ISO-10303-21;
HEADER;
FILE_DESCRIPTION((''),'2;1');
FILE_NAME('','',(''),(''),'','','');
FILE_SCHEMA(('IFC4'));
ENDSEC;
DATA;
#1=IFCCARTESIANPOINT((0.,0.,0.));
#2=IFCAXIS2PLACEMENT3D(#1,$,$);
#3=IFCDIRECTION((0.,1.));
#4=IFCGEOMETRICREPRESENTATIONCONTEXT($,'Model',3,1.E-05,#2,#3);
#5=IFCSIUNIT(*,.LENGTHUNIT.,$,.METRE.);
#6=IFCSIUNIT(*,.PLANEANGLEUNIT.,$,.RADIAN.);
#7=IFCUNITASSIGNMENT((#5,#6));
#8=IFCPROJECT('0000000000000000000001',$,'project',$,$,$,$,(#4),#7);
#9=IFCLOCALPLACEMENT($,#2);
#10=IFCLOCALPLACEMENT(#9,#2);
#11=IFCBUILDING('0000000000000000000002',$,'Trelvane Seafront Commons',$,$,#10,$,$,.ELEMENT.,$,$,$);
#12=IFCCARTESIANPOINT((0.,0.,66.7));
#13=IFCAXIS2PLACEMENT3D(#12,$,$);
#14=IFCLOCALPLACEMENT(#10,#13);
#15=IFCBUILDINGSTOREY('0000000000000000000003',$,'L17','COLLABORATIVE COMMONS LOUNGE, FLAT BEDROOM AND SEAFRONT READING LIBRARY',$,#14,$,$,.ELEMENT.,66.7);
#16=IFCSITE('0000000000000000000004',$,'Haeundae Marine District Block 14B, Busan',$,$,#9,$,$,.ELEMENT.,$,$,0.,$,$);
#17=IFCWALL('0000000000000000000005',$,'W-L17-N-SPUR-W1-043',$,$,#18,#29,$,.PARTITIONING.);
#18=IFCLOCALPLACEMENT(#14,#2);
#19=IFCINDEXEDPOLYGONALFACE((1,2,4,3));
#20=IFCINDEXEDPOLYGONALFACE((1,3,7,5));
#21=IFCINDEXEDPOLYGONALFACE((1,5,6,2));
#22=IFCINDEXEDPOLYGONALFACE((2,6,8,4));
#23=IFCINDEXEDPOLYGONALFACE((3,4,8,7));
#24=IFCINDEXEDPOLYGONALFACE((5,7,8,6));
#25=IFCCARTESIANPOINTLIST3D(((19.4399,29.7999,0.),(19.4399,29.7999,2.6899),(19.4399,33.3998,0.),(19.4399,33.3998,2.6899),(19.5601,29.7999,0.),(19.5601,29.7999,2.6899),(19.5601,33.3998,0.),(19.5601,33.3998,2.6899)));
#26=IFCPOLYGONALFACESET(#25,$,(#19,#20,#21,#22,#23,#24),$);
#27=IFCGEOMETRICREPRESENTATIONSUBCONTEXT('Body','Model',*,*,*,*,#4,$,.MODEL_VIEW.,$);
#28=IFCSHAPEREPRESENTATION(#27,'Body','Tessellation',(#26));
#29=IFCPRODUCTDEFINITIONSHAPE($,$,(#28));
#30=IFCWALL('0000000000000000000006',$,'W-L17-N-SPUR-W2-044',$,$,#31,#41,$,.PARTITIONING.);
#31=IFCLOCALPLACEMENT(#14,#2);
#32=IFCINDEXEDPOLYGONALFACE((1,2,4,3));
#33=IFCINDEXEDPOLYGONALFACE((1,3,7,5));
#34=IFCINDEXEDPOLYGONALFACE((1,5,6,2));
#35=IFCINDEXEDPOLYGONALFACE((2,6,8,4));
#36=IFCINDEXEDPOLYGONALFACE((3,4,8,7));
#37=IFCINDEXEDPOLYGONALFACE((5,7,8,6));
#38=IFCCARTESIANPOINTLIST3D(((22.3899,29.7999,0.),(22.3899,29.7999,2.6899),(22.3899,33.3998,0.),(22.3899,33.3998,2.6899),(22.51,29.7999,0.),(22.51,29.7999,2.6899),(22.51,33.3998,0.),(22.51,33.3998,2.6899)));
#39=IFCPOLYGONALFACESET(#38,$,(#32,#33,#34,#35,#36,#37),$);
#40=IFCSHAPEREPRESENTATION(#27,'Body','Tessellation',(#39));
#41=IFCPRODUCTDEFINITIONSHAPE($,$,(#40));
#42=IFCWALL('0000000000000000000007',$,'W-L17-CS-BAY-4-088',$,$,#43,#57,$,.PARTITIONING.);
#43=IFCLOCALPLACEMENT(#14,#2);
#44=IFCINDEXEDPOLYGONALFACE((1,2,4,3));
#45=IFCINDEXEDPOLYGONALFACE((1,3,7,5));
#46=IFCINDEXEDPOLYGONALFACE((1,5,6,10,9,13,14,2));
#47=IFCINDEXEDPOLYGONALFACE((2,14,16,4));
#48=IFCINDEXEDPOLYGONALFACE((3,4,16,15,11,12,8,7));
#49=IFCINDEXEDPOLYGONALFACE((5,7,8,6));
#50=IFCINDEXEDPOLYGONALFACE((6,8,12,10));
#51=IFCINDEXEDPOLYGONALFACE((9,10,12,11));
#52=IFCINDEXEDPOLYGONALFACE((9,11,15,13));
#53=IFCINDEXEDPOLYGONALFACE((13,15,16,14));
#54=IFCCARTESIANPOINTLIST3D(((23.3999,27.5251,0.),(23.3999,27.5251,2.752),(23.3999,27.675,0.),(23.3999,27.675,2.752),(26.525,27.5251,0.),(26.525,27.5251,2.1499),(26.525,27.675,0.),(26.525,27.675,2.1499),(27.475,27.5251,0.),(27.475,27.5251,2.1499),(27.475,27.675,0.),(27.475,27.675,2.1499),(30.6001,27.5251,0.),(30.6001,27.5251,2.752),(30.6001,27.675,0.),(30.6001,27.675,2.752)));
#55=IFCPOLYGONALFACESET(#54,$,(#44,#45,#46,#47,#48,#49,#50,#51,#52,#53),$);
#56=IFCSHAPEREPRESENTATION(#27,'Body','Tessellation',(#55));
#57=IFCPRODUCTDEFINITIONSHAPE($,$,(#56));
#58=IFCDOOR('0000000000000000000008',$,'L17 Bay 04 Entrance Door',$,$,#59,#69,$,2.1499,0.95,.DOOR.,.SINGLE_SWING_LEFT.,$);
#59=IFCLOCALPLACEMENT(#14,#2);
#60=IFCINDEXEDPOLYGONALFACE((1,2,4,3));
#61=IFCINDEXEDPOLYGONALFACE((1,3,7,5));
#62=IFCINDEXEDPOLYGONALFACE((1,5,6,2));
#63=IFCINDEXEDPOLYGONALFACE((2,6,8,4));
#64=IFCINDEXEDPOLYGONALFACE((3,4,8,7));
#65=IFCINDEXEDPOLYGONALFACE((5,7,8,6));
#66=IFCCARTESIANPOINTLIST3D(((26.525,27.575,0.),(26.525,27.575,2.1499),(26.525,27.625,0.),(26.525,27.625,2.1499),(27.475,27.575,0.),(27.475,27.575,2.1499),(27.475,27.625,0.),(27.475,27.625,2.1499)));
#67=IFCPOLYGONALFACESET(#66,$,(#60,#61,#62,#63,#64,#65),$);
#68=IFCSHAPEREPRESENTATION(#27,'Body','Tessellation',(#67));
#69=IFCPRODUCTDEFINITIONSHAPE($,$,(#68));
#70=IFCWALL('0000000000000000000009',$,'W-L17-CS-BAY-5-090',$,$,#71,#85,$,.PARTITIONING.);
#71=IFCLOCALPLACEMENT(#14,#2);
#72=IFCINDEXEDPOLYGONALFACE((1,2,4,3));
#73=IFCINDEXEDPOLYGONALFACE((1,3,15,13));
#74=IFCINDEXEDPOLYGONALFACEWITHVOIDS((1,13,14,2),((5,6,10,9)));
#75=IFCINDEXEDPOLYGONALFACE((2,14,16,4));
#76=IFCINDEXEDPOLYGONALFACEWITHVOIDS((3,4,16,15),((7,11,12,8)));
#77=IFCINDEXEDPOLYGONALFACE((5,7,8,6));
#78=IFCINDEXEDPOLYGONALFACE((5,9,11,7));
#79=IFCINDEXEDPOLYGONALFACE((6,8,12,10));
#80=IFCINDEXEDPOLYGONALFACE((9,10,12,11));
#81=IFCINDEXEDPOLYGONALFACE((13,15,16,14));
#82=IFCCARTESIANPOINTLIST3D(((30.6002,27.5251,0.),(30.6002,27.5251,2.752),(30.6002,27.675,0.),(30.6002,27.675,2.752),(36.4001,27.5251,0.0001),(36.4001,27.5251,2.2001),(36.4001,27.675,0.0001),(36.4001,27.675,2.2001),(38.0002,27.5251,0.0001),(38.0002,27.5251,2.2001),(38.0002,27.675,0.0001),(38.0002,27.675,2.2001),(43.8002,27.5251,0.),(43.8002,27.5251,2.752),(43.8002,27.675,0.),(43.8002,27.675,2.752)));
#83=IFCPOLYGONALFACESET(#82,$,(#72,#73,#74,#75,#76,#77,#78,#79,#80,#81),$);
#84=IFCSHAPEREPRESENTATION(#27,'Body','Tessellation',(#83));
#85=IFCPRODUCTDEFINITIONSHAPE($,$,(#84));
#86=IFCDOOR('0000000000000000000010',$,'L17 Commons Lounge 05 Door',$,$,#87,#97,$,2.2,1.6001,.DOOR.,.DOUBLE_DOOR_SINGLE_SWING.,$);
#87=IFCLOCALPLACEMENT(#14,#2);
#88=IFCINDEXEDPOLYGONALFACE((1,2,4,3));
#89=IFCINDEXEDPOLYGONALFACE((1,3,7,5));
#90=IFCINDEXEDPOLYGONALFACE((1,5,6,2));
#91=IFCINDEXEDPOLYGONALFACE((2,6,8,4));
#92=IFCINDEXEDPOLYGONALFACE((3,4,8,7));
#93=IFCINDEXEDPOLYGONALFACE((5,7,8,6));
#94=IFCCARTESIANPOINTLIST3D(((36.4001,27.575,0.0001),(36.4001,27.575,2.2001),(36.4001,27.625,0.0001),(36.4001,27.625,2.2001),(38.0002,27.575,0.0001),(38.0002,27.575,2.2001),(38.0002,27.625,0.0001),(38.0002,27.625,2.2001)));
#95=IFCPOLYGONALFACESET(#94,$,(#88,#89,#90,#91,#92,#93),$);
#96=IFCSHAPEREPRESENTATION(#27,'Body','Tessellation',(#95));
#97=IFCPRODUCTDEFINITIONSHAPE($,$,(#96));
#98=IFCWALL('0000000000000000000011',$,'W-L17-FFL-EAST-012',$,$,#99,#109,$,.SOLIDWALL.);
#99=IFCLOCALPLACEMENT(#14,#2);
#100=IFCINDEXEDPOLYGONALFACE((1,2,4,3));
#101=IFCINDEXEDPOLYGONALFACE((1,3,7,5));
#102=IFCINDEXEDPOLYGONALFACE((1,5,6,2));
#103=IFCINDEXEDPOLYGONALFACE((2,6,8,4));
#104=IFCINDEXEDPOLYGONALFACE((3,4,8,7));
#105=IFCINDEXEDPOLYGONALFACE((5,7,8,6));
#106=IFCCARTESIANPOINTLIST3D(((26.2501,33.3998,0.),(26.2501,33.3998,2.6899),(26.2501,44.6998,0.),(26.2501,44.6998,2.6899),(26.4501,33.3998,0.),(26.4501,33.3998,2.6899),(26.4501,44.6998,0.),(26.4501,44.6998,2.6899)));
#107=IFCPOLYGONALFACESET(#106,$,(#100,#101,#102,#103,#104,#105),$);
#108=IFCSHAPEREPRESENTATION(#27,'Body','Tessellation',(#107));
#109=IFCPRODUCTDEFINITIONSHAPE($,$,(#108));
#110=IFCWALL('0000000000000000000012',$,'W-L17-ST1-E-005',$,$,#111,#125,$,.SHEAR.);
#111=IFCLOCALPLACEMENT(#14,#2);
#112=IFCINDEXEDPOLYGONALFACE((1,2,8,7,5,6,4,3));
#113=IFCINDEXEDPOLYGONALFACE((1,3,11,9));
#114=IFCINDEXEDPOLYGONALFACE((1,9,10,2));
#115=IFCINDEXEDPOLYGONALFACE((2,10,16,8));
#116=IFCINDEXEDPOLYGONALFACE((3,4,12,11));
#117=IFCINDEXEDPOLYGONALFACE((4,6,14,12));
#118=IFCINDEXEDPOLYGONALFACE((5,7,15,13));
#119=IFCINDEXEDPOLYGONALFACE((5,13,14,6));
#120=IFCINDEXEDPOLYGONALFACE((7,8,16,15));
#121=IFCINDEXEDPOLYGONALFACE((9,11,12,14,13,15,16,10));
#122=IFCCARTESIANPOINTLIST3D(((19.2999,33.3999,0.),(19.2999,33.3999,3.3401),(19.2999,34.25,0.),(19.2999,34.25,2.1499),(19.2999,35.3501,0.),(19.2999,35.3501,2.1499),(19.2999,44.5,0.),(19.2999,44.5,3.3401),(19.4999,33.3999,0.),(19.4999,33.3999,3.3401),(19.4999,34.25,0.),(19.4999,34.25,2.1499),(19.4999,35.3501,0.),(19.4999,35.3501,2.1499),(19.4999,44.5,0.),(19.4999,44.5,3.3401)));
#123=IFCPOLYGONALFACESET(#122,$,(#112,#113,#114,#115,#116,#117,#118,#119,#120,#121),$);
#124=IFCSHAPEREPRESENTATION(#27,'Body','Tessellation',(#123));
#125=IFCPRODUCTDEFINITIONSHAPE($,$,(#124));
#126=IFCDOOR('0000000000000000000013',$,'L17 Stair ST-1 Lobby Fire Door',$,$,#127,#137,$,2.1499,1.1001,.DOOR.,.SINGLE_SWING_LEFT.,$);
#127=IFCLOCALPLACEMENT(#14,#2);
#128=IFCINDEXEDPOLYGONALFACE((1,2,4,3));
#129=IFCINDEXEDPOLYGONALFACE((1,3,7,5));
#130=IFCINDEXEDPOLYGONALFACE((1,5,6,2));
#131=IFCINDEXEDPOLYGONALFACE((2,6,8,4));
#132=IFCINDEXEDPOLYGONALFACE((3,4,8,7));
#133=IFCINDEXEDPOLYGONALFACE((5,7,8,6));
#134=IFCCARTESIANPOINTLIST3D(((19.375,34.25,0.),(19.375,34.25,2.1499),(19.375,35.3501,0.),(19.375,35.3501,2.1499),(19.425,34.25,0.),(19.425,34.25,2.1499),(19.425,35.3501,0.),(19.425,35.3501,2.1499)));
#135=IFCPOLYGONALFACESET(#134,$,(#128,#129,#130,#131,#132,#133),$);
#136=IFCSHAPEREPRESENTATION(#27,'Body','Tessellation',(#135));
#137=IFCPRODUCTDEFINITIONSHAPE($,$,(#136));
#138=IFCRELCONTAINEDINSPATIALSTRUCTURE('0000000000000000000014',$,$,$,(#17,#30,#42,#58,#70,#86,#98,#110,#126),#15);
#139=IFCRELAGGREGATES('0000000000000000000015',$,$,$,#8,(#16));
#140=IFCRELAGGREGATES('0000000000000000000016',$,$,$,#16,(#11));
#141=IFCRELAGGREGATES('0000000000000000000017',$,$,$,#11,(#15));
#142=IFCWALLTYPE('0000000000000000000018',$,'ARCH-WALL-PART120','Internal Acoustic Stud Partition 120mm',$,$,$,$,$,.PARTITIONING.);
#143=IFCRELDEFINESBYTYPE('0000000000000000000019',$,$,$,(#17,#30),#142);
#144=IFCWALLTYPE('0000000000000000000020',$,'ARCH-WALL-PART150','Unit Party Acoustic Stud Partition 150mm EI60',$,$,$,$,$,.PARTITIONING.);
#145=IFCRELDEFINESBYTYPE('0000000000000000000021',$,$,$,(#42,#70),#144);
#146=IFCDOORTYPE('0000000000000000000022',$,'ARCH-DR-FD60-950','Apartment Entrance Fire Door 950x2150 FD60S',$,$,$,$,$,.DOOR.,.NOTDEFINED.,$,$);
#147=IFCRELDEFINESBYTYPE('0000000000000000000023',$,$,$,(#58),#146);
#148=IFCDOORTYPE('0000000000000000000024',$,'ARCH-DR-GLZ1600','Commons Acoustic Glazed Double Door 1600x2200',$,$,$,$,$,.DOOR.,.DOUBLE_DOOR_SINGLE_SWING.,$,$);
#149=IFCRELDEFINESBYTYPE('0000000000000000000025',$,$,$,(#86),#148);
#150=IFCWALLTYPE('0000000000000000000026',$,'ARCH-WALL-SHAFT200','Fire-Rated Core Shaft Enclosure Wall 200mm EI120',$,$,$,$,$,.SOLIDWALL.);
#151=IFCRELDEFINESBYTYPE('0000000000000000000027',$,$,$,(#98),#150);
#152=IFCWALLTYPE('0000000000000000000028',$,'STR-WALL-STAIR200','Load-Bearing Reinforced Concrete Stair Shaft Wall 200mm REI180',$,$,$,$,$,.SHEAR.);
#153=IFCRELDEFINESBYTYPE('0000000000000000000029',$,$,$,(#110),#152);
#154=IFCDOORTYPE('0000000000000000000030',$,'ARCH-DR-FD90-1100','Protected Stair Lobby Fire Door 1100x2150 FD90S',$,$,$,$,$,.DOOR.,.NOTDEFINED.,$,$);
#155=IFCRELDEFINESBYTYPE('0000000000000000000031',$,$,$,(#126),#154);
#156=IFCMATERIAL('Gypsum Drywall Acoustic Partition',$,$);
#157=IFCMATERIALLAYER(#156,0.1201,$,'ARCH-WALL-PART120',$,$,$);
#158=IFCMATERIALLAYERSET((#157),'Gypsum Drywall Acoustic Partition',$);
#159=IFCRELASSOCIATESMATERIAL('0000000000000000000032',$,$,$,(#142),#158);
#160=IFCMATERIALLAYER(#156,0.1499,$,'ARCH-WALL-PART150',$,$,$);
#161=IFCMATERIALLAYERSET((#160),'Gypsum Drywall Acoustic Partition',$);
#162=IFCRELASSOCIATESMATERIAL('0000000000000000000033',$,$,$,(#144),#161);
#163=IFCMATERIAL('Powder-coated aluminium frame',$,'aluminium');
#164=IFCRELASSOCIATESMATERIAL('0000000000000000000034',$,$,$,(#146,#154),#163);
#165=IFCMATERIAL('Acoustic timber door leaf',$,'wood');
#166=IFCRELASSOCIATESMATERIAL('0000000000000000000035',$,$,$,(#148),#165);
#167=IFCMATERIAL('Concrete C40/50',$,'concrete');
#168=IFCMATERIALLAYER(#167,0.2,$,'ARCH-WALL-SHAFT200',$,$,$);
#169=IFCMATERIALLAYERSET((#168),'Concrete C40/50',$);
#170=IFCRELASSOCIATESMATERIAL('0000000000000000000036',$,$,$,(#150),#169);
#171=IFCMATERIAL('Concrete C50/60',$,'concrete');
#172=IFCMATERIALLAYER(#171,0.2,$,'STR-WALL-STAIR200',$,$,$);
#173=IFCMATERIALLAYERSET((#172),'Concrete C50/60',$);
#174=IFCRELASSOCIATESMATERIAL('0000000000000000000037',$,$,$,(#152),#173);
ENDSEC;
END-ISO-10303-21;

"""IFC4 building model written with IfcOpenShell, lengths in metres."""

from ifc_helpers import new_model, si_unit, direction, frame, frame_2d, origin, place, context, subcontext, project, spatial, rectangle, extrude, source, transform, mapped, material, layer, layer_set, type_object, element, fill, save


model = new_model("IFC4")

# Units and contexts
model_context = context("Model", 3, precision=1e-05, world=origin(), true_north=direction((0.0, 1.0)))
body_context = subcontext(model_context, "Body", "Model", "MODEL_VIEW")
ifc_project = project(units=[si_unit("LENGTHUNIT", "METRE"), si_unit("PLANEANGLEUNIT", "RADIAN")], contexts=[model_context])

# Site, building, storey
site_placement = place(None, origin())
site = spatial("IfcSite", under=ifc_project, at=site_placement, Name="Haeundae Marine District Block 14B, Busan", CompositionType="ELEMENT", RefElevation=0.0)
building_placement = place(site_placement, origin())
building = spatial("IfcBuilding", under=site, at=building_placement, Name="Trelvane Seafront Commons", CompositionType="ELEMENT")
storey_placement = place(building_placement, frame((0.0, 0.0, 66.7)))
storey = spatial("IfcBuildingStorey", under=building, at=storey_placement, Name="L17", Description="COLLABORATIVE COMMONS LOUNGE, FLAT BEDROOM AND SEAFRONT READING LIBRARY", CompositionType="ELEMENT", Elevation=66.7)

# Shared definitions
ifc_material_1 = material(Name="Concrete C40/50", Category="concrete")
ifc_material_2 = material(Name="Powder-coated aluminium frame", Category="aluminium")
shared_shape_1 = source(origin(), body_context, "Body", "SweptSolid", [
    extrude(rectangle(XDim=1.6001, YDim=2.2, at=frame_2d((0.8, 1.1001))), frame((0.0, 0.0249, 0.0), z_axis=(0.0, -1.0, 0.0), x_axis=(1.0, 0.0, 0.0)), (0.0, 0.0, 1.0), 0.05),
])
ifc_material_3 = material(Name="Gypsum Drywall Acoustic Partition")
ifc_layer_1 = layer(ifc_material_3, 0.1201, Name="ARCH-WALL-PART120")
ifc_layer_set_1 = layer_set([ifc_layer_1], Name="Gypsum Drywall Acoustic Partition")
wall_type_1 = type_object("IfcWallType", Name="ARCH-WALL-PART120", Description="Internal Acoustic Stud Partition 120mm", PredefinedType="PARTITIONING", material=ifc_layer_set_1)
ifc_material_4 = material(Name="Acoustic timber door leaf", Category="wood")
shared_shape_2 = source(origin(), body_context, "Body", "SweptSolid", [
    extrude(rectangle(XDim=0.95, YDim=2.1499, at=frame_2d((0.4751, 1.075))), frame((0.0, 0.0249, 0.0), z_axis=(0.0, -1.0, 0.0), x_axis=(1.0, 0.0, 0.0)), (0.0, 0.0, 1.0), 0.05),
])

# Walls
for number, where, z_axis, x_axis, name in (
    (1, (19.5, 29.8, 0.0), (0.0, 0.0, 1.0), (0.0, 1.0, 0.0), "W-L17-N-SPUR-W1-043"),
    (2, (22.45, 29.8, 0.0), (0.0, 0.0, 1.0), (0.0, 1.0, 0.0), "W-L17-N-SPUR-W2-044"),
):
    element("IfcWall", number, at=place(storey_placement, frame(where, z_axis=z_axis, x_axis=x_axis)), inside=storey, type_object=wall_type_1, Name=name, PredefinedType="PARTITIONING", context=body_context, shape_type="SweptSolid", body=[
        extrude(rectangle(XDim=3.5999, YDim=0.1201, at=frame_2d((1.7998, 0.0))), origin(), (0.0, 0.0, 1.0), 2.6899),
    ])

# Walls, openings, doors
ifc_layer_2 = layer(ifc_material_3, 0.1499, Name="ARCH-WALL-PART150")
ifc_layer_set_2 = layer_set([ifc_layer_2], Name="Gypsum Drywall Acoustic Partition")
wall_type_2 = type_object("IfcWallType", Name="ARCH-WALL-PART150", Description="Unit Party Acoustic Stud Partition 150mm EI60", PredefinedType="PARTITIONING", material=ifc_layer_set_2)
wall_1_placement = place(storey_placement, frame((23.3999, 27.6001, 0.0), z_axis=(0.0, 0.0, 1.0), x_axis=(1.0, 0.0, 0.0)))
wall_1 = element("IfcWall", 3, at=wall_1_placement, inside=storey, type_object=wall_type_2, Name="W-L17-CS-BAY-4-088", PredefinedType="PARTITIONING", context=body_context, shape_type="SweptSolid", body=[
    extrude(rectangle(XDim=7.2002, YDim=0.1499, at=frame_2d((3.6001, 0.0))), origin(), (0.0, 0.0, 1.0), 2.752),
])
opening_1_placement = place(wall_1_placement, frame((3.125, 0.0, 0.0)))
opening_1 = element("IfcOpeningElement", 4, at=opening_1_placement, cuts=wall_1, PredefinedType="OPENING", context=body_context, shape_type="SweptSolid", body=[
    extrude(rectangle(XDim=0.95, YDim=2.1499, at=frame_2d((0.4751, 1.075))), frame((0.0, 0.085, 0.0), z_axis=(0.0, -1.0, 0.0), x_axis=(1.0, 0.0, 0.0)), (0.0, 0.0, 1.0), 0.1699),
])
door_type_1 = type_object("IfcDoorType", Name="ARCH-DR-FD60-950", Description="Apartment Entrance Fire Door 950x2150 FD60S", OperationType="NOTDEFINED", PredefinedType="DOOR", material=ifc_material_2)
door_1_placement = place(opening_1_placement, origin())
door_1 = element("IfcDoor", 5, at=door_1_placement, inside=storey, type_object=door_type_1, Name="L17 Bay 04 Entrance Door", OperationType="SINGLE_SWING_LEFT", OverallHeight=2.1499, OverallWidth=0.95, PredefinedType="DOOR", context=body_context, shape_type="MappedRepresentation", body=[
    mapped(shared_shape_2, transform((0.0, 0.0, 0.0), x_axis=(1.0, 0.0, 0.0), y_axis=(0.0, 1.0, 0.0), z_axis=(0.0, 0.0, 1.0), scale=1.0)),
])
fill(opening_1, door_1)
wall_2_placement = place(storey_placement, frame((30.6001, 27.6001, 0.0), z_axis=(0.0, 0.0, 1.0), x_axis=(1.0, 0.0, 0.0)))
wall_2 = element("IfcWall", 6, at=wall_2_placement, inside=storey, type_object=wall_type_2, Name="W-L17-CS-BAY-5-090", PredefinedType="PARTITIONING", context=body_context, shape_type="SweptSolid", body=[
    extrude(rectangle(XDim=13.2, YDim=0.1499, at=frame_2d((6.6001, 0.0))), origin(), (0.0, 0.0, 1.0), 2.752),
])
opening_2_placement = place(wall_2_placement, frame((5.8, 0.0, 0.0)))
opening_2 = element("IfcOpeningElement", 7, at=opening_2_placement, cuts=wall_2, PredefinedType="OPENING", context=body_context, shape_type="SweptSolid", body=[
    extrude(rectangle(XDim=1.6001, YDim=2.2, at=frame_2d((0.8, 1.1001))), frame((0.0, 0.085, 0.0), z_axis=(0.0, -1.0, 0.0), x_axis=(1.0, 0.0, 0.0)), (0.0, 0.0, 1.0), 0.1699),
])
door_type_2 = type_object("IfcDoorType", Name="ARCH-DR-GLZ1600", Description="Commons Acoustic Glazed Double Door 1600x2200", OperationType="DOUBLE_DOOR_SINGLE_SWING", PredefinedType="DOOR", material=ifc_material_4)
door_2_placement = place(opening_2_placement, origin())
door_2 = element("IfcDoor", 8, at=door_2_placement, inside=storey, type_object=door_type_2, Name="L17 Commons Lounge 05 Door", OperationType="DOUBLE_DOOR_SINGLE_SWING", OverallHeight=2.2, OverallWidth=1.6001, PredefinedType="DOOR", context=body_context, shape_type="MappedRepresentation", body=[
    mapped(shared_shape_1, transform((0.0, 0.0, 0.0), x_axis=(1.0, 0.0, 0.0), y_axis=(0.0, 1.0, 0.0), z_axis=(0.0, 0.0, 1.0), scale=1.0)),
])
fill(opening_2, door_2)

# Wall
ifc_layer_3 = layer(ifc_material_1, 0.2, Name="ARCH-WALL-SHAFT200")
ifc_layer_set_3 = layer_set([ifc_layer_3], Name="Concrete C40/50")
wall_type_3 = type_object("IfcWallType", Name="ARCH-WALL-SHAFT200", Description="Fire-Rated Core Shaft Enclosure Wall 200mm EI120", PredefinedType="SOLIDWALL", material=ifc_layer_set_3)
wall_3_placement = place(storey_placement, frame((26.3501, 33.3999, 0.0), z_axis=(0.0, 0.0, 1.0), x_axis=(0.0, 1.0, 0.0)))
element("IfcWall", 9, at=wall_3_placement, inside=storey, type_object=wall_type_3, Name="W-L17-FFL-EAST-012", PredefinedType="SOLIDWALL", context=body_context, shape_type="SweptSolid", body=[
    extrude(rectangle(XDim=11.3, YDim=0.2, at=frame_2d((5.6499, 0.0))), origin(), (0.0, 0.0, 1.0), 2.6899),
])

# Wall, opening, door
ifc_material_5 = material(Name="Concrete C50/60", Category="concrete")
ifc_layer_4 = layer(ifc_material_5, 0.2, Name="STR-WALL-STAIR200")
ifc_layer_set_4 = layer_set([ifc_layer_4], Name="Concrete C50/60")
wall_type_4 = type_object("IfcWallType", Name="STR-WALL-STAIR200", Description="Load-Bearing Reinforced Concrete Stair Shaft Wall 200mm REI180", PredefinedType="SHEAR", material=ifc_layer_set_4)
wall_4_placement = place(storey_placement, frame((19.3999, 33.3999, 0.0), z_axis=(0.0, 0.0, 1.0), x_axis=(0.0, 1.0, 0.0)))
wall_4 = element("IfcWall", 10, at=wall_4_placement, inside=storey, type_object=wall_type_4, Name="W-L17-ST1-E-005", PredefinedType="SHEAR", context=body_context, shape_type="SweptSolid", body=[
    extrude(rectangle(XDim=11.1001, YDim=0.2, at=frame_2d((5.55, 0.0))), origin(), (0.0, 0.0, 1.0), 3.3401),
])
opening_3_placement = place(wall_4_placement, frame((0.8501, 0.0, 0.0)))
opening_3 = element("IfcOpeningElement", 11, at=opening_3_placement, cuts=wall_4, PredefinedType="OPENING", context=body_context, shape_type="SweptSolid", body=[
    extrude(rectangle(XDim=1.1001, YDim=2.1499, at=frame_2d((0.55, 1.075))), frame((0.0, 0.1099, 0.0), z_axis=(0.0, -1.0, 0.0), x_axis=(1.0, 0.0, 0.0)), (0.0, 0.0, 1.0), 0.22),
])
door_type_3 = type_object("IfcDoorType", Name="ARCH-DR-FD90-1100", Description="Protected Stair Lobby Fire Door 1100x2150 FD90S", OperationType="NOTDEFINED", PredefinedType="DOOR", material=ifc_material_2)
shared_shape_3 = source(origin(), body_context, "Body", "SweptSolid", [
    extrude(rectangle(XDim=1.1001, YDim=2.1499, at=frame_2d((0.55, 1.075))), frame((0.0, 0.0249, 0.0), z_axis=(0.0, -1.0, 0.0), x_axis=(1.0, 0.0, 0.0)), (0.0, 0.0, 1.0), 0.05),
])
door_3_placement = place(opening_3_placement, origin())
door_3 = element("IfcDoor", 12, at=door_3_placement, inside=storey, type_object=door_type_3, Name="L17 Stair ST-1 Lobby Fire Door", OperationType="SINGLE_SWING_LEFT", OverallHeight=2.1499, OverallWidth=1.1001, PredefinedType="DOOR", context=body_context, shape_type="MappedRepresentation", body=[
    mapped(shared_shape_3, transform((0.0, 0.0, 0.0), x_axis=(1.0, 0.0, 0.0), y_axis=(0.0, 1.0, 0.0), z_axis=(0.0, 0.0, 1.0), scale=1.0)),
])
fill(opening_3, door_3)

save(model, "model.ifc")
